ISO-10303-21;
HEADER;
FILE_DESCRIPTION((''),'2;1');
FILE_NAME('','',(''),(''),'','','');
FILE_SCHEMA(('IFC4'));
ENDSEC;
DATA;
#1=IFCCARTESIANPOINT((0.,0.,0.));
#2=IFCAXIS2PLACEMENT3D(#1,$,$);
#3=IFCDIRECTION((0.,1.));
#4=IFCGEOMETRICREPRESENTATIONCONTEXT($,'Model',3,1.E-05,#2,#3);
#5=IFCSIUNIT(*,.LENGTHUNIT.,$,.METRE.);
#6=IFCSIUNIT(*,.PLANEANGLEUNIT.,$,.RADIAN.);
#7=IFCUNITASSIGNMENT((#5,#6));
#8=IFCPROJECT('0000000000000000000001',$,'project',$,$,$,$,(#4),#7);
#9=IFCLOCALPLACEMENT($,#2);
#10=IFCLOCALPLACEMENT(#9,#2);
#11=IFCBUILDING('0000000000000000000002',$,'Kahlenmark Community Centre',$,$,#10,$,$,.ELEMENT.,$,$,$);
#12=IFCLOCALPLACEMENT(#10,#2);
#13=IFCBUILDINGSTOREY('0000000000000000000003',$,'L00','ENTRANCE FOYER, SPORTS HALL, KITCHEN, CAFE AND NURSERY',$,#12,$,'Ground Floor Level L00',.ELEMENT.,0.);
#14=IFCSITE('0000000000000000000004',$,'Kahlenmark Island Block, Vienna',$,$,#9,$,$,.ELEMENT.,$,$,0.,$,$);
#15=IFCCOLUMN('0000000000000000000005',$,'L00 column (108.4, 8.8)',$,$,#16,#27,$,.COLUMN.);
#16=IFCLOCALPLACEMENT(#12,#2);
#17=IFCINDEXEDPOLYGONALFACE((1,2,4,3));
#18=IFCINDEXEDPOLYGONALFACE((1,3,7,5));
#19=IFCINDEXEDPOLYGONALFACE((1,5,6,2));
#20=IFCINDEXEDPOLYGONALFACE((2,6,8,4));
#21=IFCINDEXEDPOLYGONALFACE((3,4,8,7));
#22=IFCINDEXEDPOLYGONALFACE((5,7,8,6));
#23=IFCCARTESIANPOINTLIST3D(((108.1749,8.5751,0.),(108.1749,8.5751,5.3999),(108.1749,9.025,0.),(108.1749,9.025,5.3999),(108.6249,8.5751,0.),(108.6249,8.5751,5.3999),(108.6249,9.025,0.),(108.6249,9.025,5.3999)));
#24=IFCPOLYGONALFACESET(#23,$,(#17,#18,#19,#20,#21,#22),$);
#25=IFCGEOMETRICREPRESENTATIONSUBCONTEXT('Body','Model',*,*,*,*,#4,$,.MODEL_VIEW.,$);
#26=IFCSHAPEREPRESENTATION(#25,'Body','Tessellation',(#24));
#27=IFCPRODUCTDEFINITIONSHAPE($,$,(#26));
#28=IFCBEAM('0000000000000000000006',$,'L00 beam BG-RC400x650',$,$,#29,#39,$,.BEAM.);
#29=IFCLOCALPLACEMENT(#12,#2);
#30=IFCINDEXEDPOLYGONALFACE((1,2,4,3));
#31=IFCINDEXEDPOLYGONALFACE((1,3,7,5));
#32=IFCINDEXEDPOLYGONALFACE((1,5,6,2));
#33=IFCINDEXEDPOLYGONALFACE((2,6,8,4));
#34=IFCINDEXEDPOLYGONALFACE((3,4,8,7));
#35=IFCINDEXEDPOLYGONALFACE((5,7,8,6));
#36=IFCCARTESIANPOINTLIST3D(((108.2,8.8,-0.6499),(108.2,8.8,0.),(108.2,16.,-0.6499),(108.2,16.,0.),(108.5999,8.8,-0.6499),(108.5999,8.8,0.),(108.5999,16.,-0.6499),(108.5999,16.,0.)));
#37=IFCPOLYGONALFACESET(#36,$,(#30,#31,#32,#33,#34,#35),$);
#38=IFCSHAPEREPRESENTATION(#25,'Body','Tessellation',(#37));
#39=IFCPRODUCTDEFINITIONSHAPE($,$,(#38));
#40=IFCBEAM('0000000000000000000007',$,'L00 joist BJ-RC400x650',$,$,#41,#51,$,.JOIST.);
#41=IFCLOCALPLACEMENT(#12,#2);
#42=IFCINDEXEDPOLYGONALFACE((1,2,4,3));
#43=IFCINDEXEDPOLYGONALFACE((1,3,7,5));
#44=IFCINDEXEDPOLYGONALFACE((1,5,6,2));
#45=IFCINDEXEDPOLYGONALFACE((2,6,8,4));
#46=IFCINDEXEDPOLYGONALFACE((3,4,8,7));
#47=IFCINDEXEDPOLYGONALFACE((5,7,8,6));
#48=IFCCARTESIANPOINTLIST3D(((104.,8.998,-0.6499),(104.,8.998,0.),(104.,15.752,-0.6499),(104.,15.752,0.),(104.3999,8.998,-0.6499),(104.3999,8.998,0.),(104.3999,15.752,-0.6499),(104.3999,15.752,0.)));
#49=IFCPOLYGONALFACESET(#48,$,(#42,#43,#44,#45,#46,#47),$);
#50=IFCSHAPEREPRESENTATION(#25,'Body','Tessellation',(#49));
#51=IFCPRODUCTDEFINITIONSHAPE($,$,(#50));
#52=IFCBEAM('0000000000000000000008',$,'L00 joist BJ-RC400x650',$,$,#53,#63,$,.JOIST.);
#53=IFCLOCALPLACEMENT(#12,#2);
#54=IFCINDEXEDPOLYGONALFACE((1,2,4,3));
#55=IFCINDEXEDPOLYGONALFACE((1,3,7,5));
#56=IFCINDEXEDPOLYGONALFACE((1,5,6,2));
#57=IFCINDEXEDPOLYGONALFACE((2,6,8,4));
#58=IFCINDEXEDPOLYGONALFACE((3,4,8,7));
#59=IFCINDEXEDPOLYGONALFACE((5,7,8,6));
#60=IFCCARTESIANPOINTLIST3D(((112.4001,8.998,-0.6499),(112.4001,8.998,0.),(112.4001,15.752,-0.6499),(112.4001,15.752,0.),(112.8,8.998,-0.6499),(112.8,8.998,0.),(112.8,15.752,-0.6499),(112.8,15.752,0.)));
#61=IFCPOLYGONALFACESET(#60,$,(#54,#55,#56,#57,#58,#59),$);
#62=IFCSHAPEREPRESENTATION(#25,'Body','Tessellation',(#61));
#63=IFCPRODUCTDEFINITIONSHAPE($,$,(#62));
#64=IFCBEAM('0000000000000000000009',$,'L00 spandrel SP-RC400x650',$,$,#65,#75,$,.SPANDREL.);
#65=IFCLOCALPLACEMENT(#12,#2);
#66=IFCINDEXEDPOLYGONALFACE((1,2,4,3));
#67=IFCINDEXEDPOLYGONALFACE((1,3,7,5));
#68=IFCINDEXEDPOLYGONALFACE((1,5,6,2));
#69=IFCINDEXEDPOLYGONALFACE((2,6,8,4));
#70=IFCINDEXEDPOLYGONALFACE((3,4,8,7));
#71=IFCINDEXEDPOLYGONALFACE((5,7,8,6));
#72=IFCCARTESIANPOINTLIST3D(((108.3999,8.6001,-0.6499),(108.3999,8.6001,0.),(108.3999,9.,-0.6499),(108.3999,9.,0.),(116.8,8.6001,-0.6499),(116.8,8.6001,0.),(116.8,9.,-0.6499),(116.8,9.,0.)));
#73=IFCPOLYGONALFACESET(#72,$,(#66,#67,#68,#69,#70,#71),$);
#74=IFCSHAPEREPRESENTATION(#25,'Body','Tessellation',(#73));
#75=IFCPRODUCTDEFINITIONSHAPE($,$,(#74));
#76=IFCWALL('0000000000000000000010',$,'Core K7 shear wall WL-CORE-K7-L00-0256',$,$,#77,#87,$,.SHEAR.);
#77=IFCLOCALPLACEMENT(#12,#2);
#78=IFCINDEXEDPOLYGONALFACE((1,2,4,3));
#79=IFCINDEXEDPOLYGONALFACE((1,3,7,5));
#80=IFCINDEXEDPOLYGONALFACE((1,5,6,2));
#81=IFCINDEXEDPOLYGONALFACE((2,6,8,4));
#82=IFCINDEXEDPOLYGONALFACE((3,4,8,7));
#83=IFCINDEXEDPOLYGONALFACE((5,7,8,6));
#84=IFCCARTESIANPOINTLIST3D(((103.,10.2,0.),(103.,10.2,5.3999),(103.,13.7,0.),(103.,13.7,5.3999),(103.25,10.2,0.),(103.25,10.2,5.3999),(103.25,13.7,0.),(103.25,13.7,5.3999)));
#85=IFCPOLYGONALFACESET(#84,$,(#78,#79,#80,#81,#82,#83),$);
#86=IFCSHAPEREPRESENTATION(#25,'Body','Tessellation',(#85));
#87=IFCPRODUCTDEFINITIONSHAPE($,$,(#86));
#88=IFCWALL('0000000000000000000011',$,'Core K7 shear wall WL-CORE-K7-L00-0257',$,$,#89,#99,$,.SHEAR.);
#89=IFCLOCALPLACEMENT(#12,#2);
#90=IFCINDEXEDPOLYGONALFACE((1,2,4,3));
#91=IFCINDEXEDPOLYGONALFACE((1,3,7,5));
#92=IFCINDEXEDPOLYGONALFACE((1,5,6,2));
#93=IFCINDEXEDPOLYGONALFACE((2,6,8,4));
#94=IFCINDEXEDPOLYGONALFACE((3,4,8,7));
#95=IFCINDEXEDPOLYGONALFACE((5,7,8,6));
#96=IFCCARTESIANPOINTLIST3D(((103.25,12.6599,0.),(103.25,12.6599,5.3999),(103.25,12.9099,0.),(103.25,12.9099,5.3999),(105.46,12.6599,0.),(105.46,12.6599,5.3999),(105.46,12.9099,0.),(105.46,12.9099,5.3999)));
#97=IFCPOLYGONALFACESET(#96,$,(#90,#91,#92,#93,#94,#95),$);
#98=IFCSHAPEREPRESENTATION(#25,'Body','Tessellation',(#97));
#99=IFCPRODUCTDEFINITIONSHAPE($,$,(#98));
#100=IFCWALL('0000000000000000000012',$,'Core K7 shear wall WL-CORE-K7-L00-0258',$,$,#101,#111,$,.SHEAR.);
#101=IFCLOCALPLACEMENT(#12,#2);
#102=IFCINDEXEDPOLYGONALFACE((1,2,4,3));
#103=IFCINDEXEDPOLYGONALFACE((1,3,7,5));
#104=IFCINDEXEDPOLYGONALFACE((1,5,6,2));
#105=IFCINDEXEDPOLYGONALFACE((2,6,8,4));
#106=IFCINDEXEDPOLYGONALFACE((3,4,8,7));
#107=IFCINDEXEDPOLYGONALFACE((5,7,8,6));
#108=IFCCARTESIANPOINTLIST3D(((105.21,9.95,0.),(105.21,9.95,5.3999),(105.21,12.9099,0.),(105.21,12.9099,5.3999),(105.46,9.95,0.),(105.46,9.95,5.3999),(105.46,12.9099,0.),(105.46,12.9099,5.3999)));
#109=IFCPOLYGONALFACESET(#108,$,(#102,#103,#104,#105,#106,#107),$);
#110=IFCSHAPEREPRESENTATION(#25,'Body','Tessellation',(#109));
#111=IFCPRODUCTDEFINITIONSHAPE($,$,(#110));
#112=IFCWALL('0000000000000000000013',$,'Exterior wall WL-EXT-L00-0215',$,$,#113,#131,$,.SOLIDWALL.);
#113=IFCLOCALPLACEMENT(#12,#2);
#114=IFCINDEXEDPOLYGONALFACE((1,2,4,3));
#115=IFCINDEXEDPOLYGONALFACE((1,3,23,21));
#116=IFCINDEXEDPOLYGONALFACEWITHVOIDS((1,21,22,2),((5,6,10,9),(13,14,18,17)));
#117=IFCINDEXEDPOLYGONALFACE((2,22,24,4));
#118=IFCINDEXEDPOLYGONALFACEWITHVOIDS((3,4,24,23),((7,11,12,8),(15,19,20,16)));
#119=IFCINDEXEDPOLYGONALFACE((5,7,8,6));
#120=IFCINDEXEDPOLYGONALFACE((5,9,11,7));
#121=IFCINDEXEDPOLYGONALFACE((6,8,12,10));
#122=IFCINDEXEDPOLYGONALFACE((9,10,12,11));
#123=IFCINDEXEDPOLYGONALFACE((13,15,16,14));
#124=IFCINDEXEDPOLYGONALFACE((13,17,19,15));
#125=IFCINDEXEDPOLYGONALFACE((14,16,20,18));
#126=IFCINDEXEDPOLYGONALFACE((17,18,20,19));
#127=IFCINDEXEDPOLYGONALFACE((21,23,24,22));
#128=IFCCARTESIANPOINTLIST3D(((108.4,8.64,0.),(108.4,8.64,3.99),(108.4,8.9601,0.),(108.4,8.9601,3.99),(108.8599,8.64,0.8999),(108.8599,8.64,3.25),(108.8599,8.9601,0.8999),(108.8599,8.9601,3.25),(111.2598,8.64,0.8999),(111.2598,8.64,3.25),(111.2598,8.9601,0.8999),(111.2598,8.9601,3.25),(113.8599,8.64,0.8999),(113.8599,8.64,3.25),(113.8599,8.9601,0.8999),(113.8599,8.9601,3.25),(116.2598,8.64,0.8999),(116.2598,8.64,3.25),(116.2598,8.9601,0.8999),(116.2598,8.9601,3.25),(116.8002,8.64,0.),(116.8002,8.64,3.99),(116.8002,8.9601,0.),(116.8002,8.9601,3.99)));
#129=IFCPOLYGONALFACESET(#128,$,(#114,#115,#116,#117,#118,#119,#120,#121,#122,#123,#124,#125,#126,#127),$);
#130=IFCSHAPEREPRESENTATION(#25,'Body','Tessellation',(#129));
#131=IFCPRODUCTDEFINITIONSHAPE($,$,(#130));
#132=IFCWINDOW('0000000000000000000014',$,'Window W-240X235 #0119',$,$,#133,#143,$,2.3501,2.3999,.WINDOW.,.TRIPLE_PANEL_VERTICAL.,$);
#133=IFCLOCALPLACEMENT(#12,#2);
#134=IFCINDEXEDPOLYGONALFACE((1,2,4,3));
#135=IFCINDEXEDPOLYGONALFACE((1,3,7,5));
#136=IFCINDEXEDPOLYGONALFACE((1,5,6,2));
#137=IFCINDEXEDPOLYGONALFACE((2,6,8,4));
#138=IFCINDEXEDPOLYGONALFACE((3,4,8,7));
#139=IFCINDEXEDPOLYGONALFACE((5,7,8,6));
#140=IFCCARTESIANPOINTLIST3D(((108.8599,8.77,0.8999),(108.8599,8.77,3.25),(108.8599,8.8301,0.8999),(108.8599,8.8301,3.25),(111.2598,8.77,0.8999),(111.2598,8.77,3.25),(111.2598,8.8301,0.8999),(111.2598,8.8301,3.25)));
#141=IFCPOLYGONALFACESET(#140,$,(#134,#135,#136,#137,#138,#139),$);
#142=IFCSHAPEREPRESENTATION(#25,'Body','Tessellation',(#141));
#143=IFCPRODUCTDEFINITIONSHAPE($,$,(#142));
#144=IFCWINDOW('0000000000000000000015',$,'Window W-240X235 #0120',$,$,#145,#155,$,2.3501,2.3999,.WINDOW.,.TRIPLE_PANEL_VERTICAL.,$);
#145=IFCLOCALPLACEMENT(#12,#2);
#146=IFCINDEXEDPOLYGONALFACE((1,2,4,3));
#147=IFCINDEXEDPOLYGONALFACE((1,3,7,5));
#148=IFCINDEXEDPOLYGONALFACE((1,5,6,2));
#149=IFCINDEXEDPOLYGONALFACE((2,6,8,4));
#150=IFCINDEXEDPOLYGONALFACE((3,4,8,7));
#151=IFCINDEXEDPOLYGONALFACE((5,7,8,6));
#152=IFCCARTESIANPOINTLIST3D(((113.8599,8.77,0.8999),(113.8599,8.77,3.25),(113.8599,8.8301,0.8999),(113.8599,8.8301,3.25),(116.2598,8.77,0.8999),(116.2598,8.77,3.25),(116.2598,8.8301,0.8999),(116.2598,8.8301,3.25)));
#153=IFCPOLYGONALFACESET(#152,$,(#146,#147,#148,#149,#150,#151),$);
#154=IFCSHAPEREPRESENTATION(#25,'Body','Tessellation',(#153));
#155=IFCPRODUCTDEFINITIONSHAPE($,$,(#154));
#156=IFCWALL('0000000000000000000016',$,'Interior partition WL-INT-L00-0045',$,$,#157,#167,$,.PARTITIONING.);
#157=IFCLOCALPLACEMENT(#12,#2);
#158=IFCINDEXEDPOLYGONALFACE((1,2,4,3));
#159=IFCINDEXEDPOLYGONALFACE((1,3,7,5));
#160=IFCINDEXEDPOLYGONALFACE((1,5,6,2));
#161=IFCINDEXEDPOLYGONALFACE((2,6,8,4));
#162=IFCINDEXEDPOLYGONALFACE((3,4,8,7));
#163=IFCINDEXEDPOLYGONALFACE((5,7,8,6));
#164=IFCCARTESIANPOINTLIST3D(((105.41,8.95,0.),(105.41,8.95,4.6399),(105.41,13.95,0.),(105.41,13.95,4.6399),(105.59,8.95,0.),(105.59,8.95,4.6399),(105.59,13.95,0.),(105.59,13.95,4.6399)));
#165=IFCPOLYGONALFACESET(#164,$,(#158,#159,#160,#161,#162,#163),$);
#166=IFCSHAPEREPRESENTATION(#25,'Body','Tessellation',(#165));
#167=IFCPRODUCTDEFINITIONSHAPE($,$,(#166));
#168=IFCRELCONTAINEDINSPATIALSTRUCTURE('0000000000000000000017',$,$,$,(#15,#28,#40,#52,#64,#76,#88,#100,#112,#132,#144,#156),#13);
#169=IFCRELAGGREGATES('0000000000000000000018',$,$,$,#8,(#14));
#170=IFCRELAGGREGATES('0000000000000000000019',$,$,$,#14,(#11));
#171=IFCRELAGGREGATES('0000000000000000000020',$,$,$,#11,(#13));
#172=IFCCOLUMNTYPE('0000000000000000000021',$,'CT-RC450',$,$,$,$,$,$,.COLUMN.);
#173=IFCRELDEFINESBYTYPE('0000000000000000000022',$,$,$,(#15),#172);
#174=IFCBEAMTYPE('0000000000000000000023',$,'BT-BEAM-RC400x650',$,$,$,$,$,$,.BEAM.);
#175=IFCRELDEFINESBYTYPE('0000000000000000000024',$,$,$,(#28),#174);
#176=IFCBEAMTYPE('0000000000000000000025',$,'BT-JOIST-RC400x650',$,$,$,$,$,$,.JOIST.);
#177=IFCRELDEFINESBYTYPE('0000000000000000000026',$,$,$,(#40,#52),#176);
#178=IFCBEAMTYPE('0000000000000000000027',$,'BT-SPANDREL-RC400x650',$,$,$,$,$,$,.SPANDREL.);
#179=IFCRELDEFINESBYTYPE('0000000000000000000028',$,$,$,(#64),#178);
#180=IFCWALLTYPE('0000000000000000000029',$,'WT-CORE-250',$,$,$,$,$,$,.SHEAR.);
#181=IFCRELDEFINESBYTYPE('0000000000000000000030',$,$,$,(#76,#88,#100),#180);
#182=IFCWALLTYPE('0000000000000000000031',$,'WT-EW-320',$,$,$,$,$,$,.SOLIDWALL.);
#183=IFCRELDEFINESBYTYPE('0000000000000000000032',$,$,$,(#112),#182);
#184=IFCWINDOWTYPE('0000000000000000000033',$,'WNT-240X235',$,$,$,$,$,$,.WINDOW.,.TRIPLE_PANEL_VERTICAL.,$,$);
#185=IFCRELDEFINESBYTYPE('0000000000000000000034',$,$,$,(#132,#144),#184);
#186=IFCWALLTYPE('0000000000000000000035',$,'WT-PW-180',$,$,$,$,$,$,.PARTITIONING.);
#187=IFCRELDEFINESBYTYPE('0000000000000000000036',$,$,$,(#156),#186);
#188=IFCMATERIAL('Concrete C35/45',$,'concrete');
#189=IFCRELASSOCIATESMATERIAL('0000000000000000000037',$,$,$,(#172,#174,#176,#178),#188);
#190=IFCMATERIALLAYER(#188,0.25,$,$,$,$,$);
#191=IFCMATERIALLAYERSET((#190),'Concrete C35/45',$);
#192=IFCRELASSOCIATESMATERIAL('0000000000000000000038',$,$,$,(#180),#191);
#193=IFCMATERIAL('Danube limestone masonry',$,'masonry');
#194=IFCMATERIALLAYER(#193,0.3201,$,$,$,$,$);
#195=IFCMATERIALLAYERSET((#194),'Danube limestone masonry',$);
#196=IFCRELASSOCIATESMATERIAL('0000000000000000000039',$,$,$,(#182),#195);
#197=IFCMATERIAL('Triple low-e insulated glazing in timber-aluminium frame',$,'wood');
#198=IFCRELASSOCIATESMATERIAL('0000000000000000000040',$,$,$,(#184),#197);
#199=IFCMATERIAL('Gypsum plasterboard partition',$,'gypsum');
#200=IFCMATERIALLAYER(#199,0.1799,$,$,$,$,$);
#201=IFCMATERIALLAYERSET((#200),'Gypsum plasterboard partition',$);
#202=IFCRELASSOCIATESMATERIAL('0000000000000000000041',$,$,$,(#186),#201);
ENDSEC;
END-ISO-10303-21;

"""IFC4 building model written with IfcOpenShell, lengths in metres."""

from ifc_helpers import new_model, si_unit, direction, frame, frame_2d, origin, origin_2d, place, context, subcontext, project, spatial, rectangle, extrude, material, layer, layer_set, material_profile, profile_set, type_object, element, fill, save


model = new_model("IFC4")

# Units and contexts
model_context = context("Model", 3, precision=1e-05, world=origin(), true_north=direction((0.0, 1.0)))
body_context = subcontext(model_context, "Body", "Model", "MODEL_VIEW")
ifc_project = project(units=[si_unit("LENGTHUNIT", "METRE"), si_unit("PLANEANGLEUNIT", "RADIAN")], contexts=[model_context])

# Site, building, storey
site_placement = place(None, origin())
site = spatial("IfcSite", under=ifc_project, at=site_placement, Name="Kahlenmark Island Block, Vienna", CompositionType="ELEMENT", RefElevation=0.0)
building_placement = place(site_placement, origin())
building = spatial("IfcBuilding", under=site, at=building_placement, Name="Kahlenmark Community Centre", CompositionType="ELEMENT")
storey_placement = place(building_placement, origin())
storey = spatial("IfcBuildingStorey", under=building, at=storey_placement, Name="L00", Description="ENTRANCE FOYER, SPORTS HALL, KITCHEN, CAFE AND NURSERY", LongName="Ground Floor Level L00", CompositionType="ELEMENT", Elevation=0.0)

# Column
ifc_material_1 = material(Name="Concrete C35/45", Category="concrete")
ifc_material_profile_1 = material_profile(ifc_material_1, rectangle(XDim=0.45, YDim=0.45, at=origin_2d()), Name="RC 450x450")
ifc_profile_set_1 = profile_set([ifc_material_profile_1], Name="Concrete C35/45")
column_type = type_object("IfcColumnType", Name="CT-RC450", PredefinedType="COLUMN", material=ifc_profile_set_1)
column_placement = place(storey_placement, frame((108.3999, 8.8, 0.0), z_axis=(0.0, 0.0, 1.0), x_axis=(1.0, 0.0, 0.0)))
element("IfcColumn", 1, at=column_placement, inside=storey, type_object=column_type, Name="L00 column (108.4, 8.8)", PredefinedType="COLUMN", context=body_context, shape_type="SweptSolid", body=[
    extrude(rectangle(XDim=0.45, YDim=0.45, at=origin_2d()), origin(), (0.0, 0.0, 1.0), 5.3999),
])

# Beams
ifc_material_profile_2 = material_profile(ifc_material_1, rectangle(XDim=0.3999, YDim=0.6499, at=origin_2d()), Name="RC 400x650")
ifc_profile_set_2 = profile_set([ifc_material_profile_2], Name="Concrete C35/45")
beam_type_1 = type_object("IfcBeamType", Name="BT-BEAM-RC400x650", PredefinedType="BEAM", material=ifc_profile_set_2)
beam_1_placement = place(storey_placement, frame((108.3999, 8.8, -0.325), z_axis=(0.0, 1.0, 0.0), x_axis=(-1.0, 0.0, 0.0)))
element("IfcBeam", 2, at=beam_1_placement, inside=storey, type_object=beam_type_1, Name="L00 beam BG-RC400x650", PredefinedType="BEAM", context=body_context, shape_type="SweptSolid", body=[
    extrude(rectangle(XDim=0.3999, YDim=0.6499, at=origin_2d()), origin(), (0.0, 0.0, 1.0), 7.2),
])
ifc_material_profile_3 = material_profile(ifc_material_1, rectangle(XDim=0.3999, YDim=0.6499, at=origin_2d()), Name="RC 400x650")
ifc_profile_set_3 = profile_set([ifc_material_profile_3], Name="Concrete C35/45")
beam_type_2 = type_object("IfcBeamType", Name="BT-JOIST-RC400x650", PredefinedType="JOIST", material=ifc_profile_set_3)
for number, where, z_axis, x_axis, name in (
    (3, (104.2, 8.998, -0.325), (0.0, 1.0, 0.0), (-1.0, 0.0, 0.0), "L00 joist BJ-RC400x650"),
    (4, (112.6001, 8.998, -0.325), (0.0, 1.0, 0.0), (-1.0, 0.0, 0.0), "L00 joist BJ-RC400x650"),
):
    element("IfcBeam", number, at=place(storey_placement, frame(where, z_axis=z_axis, x_axis=x_axis)), inside=storey, type_object=beam_type_2, Name=name, PredefinedType="JOIST", context=body_context, shape_type="SweptSolid", body=[
        extrude(rectangle(XDim=0.3999, YDim=0.6499, at=origin_2d()), origin(), (0.0, 0.0, 1.0), 6.7539),
    ])
ifc_material_profile_4 = material_profile(ifc_material_1, rectangle(XDim=0.3999, YDim=0.6499, at=origin_2d()), Name="RC 400x650")
ifc_profile_set_4 = profile_set([ifc_material_profile_4], Name="Concrete C35/45")
beam_type_3 = type_object("IfcBeamType", Name="BT-SPANDREL-RC400x650", PredefinedType="SPANDREL", material=ifc_profile_set_4)
beam_2_placement = place(storey_placement, frame((108.3999, 8.8, -0.325), z_axis=(1.0, 0.0, 0.0), x_axis=(0.0, 1.0, 0.0)))
element("IfcBeam", 5, at=beam_2_placement, inside=storey, type_object=beam_type_3, Name="L00 spandrel SP-RC400x650", PredefinedType="SPANDREL", context=body_context, shape_type="SweptSolid", body=[
    extrude(rectangle(XDim=0.3999, YDim=0.6499, at=origin_2d()), origin(), (0.0, 0.0, 1.0), 8.4001),
])

# Walls
ifc_layer_1 = layer(ifc_material_1, 0.25)
ifc_layer_set_1 = layer_set([ifc_layer_1], Name="Concrete C35/45")
wall_type_1 = type_object("IfcWallType", Name="WT-CORE-250", PredefinedType="SHEAR", material=ifc_layer_set_1)
wall_1_placement = place(storey_placement, frame((103.125, 10.2, 0.0), z_axis=(0.0, 0.0, 1.0), x_axis=(0.0, 1.0, 0.0)))
element("IfcWall", 6, at=wall_1_placement, inside=storey, type_object=wall_type_1, Name="Core K7 shear wall WL-CORE-K7-L00-0256", PredefinedType="SHEAR", context=body_context, shape_type="SweptSolid", body=[
    extrude(rectangle(XDim=3.5, YDim=0.25, at=frame_2d((1.75, 0.0))), origin(), (0.0, 0.0, 1.0), 5.3999),
])
wall_2_placement = place(storey_placement, frame((103.25, 12.7849, 0.0), z_axis=(0.0, 0.0, 1.0), x_axis=(1.0, 0.0, 0.0)))
element("IfcWall", 7, at=wall_2_placement, inside=storey, type_object=wall_type_1, Name="Core K7 shear wall WL-CORE-K7-L00-0257", PredefinedType="SHEAR", context=body_context, shape_type="SweptSolid", body=[
    extrude(rectangle(XDim=2.21, YDim=0.25, at=frame_2d((1.105, 0.0))), origin(), (0.0, 0.0, 1.0), 5.3999),
])
wall_3_placement = place(storey_placement, frame((105.335, 9.95, 0.0), z_axis=(0.0, 0.0, 1.0), x_axis=(0.0, 1.0, 0.0)))
element("IfcWall", 8, at=wall_3_placement, inside=storey, type_object=wall_type_1, Name="Core K7 shear wall WL-CORE-K7-L00-0258", PredefinedType="SHEAR", context=body_context, shape_type="SweptSolid", body=[
    extrude(rectangle(XDim=2.96, YDim=0.25, at=frame_2d((1.48, 0.0))), origin(), (0.0, 0.0, 1.0), 5.3999),
])

# Wall, openings, windows
ifc_material_2 = material(Name="Danube limestone masonry", Category="masonry")
ifc_layer_2 = layer(ifc_material_2, 0.3201)
ifc_layer_set_2 = layer_set([ifc_layer_2], Name="Danube limestone masonry")
wall_type_2 = type_object("IfcWallType", Name="WT-EW-320", PredefinedType="SOLIDWALL", material=ifc_layer_set_2)
wall_4_placement = place(storey_placement, frame((108.3999, 8.8, 0.0), z_axis=(0.0, 0.0, 1.0), x_axis=(1.0, 0.0, 0.0)))
wall_4 = element("IfcWall", 9, at=wall_4_placement, inside=storey, type_object=wall_type_2, Name="Exterior wall WL-EXT-L00-0215", PredefinedType="SOLIDWALL", context=body_context, shape_type="SweptSolid", body=[
    extrude(rectangle(XDim=8.4001, YDim=0.3201, at=frame_2d((4.2002, 0.0))), origin(), (0.0, 0.0, 1.0), 3.99),
])
opening_1_placement = place(wall_4_placement, frame((0.46, 0.0, 0.8999)))
opening_1 = element("IfcOpeningElement", 10, at=opening_1_placement, cuts=wall_4, PredefinedType="OPENING", context=body_context, shape_type="SweptSolid", body=[
    extrude(rectangle(XDim=2.3999, YDim=2.3501, at=frame_2d((1.2, 1.175))), frame((0.0, 0.1699, 0.0), z_axis=(0.0, -1.0, 0.0), x_axis=(1.0, 0.0, 0.0)), (0.0, 0.0, 1.0), 0.3401),
])
opening_2_placement = place(wall_4_placement, frame((5.46, 0.0, 0.8999)))
opening_2 = element("IfcOpeningElement", 11, at=opening_2_placement, cuts=wall_4, PredefinedType="OPENING", context=body_context, shape_type="SweptSolid", body=[
    extrude(rectangle(XDim=2.3999, YDim=2.3501, at=frame_2d((1.2, 1.175))), frame((0.0, 0.1699, 0.0), z_axis=(0.0, -1.0, 0.0), x_axis=(1.0, 0.0, 0.0)), (0.0, 0.0, 1.0), 0.3401),
])
ifc_material_3 = material(Name="Triple low-e insulated glazing in timber-aluminium frame", Category="wood")
window_type = type_object("IfcWindowType", Name="WNT-240X235", PartitioningType="TRIPLE_PANEL_VERTICAL", PredefinedType="WINDOW", material=ifc_material_3)
window_1_placement = place(opening_1_placement, origin())
window_1 = element("IfcWindow", 12, at=window_1_placement, inside=storey, type_object=window_type, Name="Window W-240X235 #0119", OverallHeight=2.3501, OverallWidth=2.3999, PartitioningType="TRIPLE_PANEL_VERTICAL", PredefinedType="WINDOW", context=body_context, shape_type="SweptSolid", body=[
    extrude(rectangle(XDim=2.3999, YDim=2.3501, at=frame_2d((1.2, 1.175))), frame((0.0, 0.03, 0.0), z_axis=(0.0, -1.0, 0.0), x_axis=(1.0, 0.0, 0.0)), (0.0, 0.0, 1.0), 0.0601),
])
fill(opening_1, window_1)
window_2_placement = place(opening_2_placement, origin())
window_2 = element("IfcWindow", 13, at=window_2_placement, inside=storey, type_object=window_type, Name="Window W-240X235 #0120", OverallHeight=2.3501, OverallWidth=2.3999, PartitioningType="TRIPLE_PANEL_VERTICAL", PredefinedType="WINDOW", context=body_context, shape_type="SweptSolid", body=[
    extrude(rectangle(XDim=2.3999, YDim=2.3501, at=frame_2d((1.2, 1.175))), frame((0.0, 0.03, 0.0), z_axis=(0.0, -1.0, 0.0), x_axis=(1.0, 0.0, 0.0)), (0.0, 0.0, 1.0), 0.0601),
])
fill(opening_2, window_2)

# Wall
ifc_material_4 = material(Name="Gypsum plasterboard partition", Category="gypsum")
ifc_layer_3 = layer(ifc_material_4, 0.1799)
ifc_layer_set_3 = layer_set([ifc_layer_3], Name="Gypsum plasterboard partition")
wall_type_3 = type_object("IfcWallType", Name="WT-PW-180", PredefinedType="PARTITIONING", material=ifc_layer_set_3)
wall_5_placement = place(storey_placement, frame((105.5, 8.95, 0.0), z_axis=(0.0, 0.0, 1.0), x_axis=(0.0, 1.0, 0.0)))
element("IfcWall", 14, at=wall_5_placement, inside=storey, type_object=wall_type_3, Name="Interior partition WL-INT-L00-0045", PredefinedType="PARTITIONING", context=body_context, shape_type="SweptSolid", body=[
    extrude(rectangle(XDim=5.0, YDim=0.1799, at=frame_2d((2.5, 0.0))), origin(), (0.0, 0.0, 1.0), 4.6399),
])

save(model, "model.ifc")
